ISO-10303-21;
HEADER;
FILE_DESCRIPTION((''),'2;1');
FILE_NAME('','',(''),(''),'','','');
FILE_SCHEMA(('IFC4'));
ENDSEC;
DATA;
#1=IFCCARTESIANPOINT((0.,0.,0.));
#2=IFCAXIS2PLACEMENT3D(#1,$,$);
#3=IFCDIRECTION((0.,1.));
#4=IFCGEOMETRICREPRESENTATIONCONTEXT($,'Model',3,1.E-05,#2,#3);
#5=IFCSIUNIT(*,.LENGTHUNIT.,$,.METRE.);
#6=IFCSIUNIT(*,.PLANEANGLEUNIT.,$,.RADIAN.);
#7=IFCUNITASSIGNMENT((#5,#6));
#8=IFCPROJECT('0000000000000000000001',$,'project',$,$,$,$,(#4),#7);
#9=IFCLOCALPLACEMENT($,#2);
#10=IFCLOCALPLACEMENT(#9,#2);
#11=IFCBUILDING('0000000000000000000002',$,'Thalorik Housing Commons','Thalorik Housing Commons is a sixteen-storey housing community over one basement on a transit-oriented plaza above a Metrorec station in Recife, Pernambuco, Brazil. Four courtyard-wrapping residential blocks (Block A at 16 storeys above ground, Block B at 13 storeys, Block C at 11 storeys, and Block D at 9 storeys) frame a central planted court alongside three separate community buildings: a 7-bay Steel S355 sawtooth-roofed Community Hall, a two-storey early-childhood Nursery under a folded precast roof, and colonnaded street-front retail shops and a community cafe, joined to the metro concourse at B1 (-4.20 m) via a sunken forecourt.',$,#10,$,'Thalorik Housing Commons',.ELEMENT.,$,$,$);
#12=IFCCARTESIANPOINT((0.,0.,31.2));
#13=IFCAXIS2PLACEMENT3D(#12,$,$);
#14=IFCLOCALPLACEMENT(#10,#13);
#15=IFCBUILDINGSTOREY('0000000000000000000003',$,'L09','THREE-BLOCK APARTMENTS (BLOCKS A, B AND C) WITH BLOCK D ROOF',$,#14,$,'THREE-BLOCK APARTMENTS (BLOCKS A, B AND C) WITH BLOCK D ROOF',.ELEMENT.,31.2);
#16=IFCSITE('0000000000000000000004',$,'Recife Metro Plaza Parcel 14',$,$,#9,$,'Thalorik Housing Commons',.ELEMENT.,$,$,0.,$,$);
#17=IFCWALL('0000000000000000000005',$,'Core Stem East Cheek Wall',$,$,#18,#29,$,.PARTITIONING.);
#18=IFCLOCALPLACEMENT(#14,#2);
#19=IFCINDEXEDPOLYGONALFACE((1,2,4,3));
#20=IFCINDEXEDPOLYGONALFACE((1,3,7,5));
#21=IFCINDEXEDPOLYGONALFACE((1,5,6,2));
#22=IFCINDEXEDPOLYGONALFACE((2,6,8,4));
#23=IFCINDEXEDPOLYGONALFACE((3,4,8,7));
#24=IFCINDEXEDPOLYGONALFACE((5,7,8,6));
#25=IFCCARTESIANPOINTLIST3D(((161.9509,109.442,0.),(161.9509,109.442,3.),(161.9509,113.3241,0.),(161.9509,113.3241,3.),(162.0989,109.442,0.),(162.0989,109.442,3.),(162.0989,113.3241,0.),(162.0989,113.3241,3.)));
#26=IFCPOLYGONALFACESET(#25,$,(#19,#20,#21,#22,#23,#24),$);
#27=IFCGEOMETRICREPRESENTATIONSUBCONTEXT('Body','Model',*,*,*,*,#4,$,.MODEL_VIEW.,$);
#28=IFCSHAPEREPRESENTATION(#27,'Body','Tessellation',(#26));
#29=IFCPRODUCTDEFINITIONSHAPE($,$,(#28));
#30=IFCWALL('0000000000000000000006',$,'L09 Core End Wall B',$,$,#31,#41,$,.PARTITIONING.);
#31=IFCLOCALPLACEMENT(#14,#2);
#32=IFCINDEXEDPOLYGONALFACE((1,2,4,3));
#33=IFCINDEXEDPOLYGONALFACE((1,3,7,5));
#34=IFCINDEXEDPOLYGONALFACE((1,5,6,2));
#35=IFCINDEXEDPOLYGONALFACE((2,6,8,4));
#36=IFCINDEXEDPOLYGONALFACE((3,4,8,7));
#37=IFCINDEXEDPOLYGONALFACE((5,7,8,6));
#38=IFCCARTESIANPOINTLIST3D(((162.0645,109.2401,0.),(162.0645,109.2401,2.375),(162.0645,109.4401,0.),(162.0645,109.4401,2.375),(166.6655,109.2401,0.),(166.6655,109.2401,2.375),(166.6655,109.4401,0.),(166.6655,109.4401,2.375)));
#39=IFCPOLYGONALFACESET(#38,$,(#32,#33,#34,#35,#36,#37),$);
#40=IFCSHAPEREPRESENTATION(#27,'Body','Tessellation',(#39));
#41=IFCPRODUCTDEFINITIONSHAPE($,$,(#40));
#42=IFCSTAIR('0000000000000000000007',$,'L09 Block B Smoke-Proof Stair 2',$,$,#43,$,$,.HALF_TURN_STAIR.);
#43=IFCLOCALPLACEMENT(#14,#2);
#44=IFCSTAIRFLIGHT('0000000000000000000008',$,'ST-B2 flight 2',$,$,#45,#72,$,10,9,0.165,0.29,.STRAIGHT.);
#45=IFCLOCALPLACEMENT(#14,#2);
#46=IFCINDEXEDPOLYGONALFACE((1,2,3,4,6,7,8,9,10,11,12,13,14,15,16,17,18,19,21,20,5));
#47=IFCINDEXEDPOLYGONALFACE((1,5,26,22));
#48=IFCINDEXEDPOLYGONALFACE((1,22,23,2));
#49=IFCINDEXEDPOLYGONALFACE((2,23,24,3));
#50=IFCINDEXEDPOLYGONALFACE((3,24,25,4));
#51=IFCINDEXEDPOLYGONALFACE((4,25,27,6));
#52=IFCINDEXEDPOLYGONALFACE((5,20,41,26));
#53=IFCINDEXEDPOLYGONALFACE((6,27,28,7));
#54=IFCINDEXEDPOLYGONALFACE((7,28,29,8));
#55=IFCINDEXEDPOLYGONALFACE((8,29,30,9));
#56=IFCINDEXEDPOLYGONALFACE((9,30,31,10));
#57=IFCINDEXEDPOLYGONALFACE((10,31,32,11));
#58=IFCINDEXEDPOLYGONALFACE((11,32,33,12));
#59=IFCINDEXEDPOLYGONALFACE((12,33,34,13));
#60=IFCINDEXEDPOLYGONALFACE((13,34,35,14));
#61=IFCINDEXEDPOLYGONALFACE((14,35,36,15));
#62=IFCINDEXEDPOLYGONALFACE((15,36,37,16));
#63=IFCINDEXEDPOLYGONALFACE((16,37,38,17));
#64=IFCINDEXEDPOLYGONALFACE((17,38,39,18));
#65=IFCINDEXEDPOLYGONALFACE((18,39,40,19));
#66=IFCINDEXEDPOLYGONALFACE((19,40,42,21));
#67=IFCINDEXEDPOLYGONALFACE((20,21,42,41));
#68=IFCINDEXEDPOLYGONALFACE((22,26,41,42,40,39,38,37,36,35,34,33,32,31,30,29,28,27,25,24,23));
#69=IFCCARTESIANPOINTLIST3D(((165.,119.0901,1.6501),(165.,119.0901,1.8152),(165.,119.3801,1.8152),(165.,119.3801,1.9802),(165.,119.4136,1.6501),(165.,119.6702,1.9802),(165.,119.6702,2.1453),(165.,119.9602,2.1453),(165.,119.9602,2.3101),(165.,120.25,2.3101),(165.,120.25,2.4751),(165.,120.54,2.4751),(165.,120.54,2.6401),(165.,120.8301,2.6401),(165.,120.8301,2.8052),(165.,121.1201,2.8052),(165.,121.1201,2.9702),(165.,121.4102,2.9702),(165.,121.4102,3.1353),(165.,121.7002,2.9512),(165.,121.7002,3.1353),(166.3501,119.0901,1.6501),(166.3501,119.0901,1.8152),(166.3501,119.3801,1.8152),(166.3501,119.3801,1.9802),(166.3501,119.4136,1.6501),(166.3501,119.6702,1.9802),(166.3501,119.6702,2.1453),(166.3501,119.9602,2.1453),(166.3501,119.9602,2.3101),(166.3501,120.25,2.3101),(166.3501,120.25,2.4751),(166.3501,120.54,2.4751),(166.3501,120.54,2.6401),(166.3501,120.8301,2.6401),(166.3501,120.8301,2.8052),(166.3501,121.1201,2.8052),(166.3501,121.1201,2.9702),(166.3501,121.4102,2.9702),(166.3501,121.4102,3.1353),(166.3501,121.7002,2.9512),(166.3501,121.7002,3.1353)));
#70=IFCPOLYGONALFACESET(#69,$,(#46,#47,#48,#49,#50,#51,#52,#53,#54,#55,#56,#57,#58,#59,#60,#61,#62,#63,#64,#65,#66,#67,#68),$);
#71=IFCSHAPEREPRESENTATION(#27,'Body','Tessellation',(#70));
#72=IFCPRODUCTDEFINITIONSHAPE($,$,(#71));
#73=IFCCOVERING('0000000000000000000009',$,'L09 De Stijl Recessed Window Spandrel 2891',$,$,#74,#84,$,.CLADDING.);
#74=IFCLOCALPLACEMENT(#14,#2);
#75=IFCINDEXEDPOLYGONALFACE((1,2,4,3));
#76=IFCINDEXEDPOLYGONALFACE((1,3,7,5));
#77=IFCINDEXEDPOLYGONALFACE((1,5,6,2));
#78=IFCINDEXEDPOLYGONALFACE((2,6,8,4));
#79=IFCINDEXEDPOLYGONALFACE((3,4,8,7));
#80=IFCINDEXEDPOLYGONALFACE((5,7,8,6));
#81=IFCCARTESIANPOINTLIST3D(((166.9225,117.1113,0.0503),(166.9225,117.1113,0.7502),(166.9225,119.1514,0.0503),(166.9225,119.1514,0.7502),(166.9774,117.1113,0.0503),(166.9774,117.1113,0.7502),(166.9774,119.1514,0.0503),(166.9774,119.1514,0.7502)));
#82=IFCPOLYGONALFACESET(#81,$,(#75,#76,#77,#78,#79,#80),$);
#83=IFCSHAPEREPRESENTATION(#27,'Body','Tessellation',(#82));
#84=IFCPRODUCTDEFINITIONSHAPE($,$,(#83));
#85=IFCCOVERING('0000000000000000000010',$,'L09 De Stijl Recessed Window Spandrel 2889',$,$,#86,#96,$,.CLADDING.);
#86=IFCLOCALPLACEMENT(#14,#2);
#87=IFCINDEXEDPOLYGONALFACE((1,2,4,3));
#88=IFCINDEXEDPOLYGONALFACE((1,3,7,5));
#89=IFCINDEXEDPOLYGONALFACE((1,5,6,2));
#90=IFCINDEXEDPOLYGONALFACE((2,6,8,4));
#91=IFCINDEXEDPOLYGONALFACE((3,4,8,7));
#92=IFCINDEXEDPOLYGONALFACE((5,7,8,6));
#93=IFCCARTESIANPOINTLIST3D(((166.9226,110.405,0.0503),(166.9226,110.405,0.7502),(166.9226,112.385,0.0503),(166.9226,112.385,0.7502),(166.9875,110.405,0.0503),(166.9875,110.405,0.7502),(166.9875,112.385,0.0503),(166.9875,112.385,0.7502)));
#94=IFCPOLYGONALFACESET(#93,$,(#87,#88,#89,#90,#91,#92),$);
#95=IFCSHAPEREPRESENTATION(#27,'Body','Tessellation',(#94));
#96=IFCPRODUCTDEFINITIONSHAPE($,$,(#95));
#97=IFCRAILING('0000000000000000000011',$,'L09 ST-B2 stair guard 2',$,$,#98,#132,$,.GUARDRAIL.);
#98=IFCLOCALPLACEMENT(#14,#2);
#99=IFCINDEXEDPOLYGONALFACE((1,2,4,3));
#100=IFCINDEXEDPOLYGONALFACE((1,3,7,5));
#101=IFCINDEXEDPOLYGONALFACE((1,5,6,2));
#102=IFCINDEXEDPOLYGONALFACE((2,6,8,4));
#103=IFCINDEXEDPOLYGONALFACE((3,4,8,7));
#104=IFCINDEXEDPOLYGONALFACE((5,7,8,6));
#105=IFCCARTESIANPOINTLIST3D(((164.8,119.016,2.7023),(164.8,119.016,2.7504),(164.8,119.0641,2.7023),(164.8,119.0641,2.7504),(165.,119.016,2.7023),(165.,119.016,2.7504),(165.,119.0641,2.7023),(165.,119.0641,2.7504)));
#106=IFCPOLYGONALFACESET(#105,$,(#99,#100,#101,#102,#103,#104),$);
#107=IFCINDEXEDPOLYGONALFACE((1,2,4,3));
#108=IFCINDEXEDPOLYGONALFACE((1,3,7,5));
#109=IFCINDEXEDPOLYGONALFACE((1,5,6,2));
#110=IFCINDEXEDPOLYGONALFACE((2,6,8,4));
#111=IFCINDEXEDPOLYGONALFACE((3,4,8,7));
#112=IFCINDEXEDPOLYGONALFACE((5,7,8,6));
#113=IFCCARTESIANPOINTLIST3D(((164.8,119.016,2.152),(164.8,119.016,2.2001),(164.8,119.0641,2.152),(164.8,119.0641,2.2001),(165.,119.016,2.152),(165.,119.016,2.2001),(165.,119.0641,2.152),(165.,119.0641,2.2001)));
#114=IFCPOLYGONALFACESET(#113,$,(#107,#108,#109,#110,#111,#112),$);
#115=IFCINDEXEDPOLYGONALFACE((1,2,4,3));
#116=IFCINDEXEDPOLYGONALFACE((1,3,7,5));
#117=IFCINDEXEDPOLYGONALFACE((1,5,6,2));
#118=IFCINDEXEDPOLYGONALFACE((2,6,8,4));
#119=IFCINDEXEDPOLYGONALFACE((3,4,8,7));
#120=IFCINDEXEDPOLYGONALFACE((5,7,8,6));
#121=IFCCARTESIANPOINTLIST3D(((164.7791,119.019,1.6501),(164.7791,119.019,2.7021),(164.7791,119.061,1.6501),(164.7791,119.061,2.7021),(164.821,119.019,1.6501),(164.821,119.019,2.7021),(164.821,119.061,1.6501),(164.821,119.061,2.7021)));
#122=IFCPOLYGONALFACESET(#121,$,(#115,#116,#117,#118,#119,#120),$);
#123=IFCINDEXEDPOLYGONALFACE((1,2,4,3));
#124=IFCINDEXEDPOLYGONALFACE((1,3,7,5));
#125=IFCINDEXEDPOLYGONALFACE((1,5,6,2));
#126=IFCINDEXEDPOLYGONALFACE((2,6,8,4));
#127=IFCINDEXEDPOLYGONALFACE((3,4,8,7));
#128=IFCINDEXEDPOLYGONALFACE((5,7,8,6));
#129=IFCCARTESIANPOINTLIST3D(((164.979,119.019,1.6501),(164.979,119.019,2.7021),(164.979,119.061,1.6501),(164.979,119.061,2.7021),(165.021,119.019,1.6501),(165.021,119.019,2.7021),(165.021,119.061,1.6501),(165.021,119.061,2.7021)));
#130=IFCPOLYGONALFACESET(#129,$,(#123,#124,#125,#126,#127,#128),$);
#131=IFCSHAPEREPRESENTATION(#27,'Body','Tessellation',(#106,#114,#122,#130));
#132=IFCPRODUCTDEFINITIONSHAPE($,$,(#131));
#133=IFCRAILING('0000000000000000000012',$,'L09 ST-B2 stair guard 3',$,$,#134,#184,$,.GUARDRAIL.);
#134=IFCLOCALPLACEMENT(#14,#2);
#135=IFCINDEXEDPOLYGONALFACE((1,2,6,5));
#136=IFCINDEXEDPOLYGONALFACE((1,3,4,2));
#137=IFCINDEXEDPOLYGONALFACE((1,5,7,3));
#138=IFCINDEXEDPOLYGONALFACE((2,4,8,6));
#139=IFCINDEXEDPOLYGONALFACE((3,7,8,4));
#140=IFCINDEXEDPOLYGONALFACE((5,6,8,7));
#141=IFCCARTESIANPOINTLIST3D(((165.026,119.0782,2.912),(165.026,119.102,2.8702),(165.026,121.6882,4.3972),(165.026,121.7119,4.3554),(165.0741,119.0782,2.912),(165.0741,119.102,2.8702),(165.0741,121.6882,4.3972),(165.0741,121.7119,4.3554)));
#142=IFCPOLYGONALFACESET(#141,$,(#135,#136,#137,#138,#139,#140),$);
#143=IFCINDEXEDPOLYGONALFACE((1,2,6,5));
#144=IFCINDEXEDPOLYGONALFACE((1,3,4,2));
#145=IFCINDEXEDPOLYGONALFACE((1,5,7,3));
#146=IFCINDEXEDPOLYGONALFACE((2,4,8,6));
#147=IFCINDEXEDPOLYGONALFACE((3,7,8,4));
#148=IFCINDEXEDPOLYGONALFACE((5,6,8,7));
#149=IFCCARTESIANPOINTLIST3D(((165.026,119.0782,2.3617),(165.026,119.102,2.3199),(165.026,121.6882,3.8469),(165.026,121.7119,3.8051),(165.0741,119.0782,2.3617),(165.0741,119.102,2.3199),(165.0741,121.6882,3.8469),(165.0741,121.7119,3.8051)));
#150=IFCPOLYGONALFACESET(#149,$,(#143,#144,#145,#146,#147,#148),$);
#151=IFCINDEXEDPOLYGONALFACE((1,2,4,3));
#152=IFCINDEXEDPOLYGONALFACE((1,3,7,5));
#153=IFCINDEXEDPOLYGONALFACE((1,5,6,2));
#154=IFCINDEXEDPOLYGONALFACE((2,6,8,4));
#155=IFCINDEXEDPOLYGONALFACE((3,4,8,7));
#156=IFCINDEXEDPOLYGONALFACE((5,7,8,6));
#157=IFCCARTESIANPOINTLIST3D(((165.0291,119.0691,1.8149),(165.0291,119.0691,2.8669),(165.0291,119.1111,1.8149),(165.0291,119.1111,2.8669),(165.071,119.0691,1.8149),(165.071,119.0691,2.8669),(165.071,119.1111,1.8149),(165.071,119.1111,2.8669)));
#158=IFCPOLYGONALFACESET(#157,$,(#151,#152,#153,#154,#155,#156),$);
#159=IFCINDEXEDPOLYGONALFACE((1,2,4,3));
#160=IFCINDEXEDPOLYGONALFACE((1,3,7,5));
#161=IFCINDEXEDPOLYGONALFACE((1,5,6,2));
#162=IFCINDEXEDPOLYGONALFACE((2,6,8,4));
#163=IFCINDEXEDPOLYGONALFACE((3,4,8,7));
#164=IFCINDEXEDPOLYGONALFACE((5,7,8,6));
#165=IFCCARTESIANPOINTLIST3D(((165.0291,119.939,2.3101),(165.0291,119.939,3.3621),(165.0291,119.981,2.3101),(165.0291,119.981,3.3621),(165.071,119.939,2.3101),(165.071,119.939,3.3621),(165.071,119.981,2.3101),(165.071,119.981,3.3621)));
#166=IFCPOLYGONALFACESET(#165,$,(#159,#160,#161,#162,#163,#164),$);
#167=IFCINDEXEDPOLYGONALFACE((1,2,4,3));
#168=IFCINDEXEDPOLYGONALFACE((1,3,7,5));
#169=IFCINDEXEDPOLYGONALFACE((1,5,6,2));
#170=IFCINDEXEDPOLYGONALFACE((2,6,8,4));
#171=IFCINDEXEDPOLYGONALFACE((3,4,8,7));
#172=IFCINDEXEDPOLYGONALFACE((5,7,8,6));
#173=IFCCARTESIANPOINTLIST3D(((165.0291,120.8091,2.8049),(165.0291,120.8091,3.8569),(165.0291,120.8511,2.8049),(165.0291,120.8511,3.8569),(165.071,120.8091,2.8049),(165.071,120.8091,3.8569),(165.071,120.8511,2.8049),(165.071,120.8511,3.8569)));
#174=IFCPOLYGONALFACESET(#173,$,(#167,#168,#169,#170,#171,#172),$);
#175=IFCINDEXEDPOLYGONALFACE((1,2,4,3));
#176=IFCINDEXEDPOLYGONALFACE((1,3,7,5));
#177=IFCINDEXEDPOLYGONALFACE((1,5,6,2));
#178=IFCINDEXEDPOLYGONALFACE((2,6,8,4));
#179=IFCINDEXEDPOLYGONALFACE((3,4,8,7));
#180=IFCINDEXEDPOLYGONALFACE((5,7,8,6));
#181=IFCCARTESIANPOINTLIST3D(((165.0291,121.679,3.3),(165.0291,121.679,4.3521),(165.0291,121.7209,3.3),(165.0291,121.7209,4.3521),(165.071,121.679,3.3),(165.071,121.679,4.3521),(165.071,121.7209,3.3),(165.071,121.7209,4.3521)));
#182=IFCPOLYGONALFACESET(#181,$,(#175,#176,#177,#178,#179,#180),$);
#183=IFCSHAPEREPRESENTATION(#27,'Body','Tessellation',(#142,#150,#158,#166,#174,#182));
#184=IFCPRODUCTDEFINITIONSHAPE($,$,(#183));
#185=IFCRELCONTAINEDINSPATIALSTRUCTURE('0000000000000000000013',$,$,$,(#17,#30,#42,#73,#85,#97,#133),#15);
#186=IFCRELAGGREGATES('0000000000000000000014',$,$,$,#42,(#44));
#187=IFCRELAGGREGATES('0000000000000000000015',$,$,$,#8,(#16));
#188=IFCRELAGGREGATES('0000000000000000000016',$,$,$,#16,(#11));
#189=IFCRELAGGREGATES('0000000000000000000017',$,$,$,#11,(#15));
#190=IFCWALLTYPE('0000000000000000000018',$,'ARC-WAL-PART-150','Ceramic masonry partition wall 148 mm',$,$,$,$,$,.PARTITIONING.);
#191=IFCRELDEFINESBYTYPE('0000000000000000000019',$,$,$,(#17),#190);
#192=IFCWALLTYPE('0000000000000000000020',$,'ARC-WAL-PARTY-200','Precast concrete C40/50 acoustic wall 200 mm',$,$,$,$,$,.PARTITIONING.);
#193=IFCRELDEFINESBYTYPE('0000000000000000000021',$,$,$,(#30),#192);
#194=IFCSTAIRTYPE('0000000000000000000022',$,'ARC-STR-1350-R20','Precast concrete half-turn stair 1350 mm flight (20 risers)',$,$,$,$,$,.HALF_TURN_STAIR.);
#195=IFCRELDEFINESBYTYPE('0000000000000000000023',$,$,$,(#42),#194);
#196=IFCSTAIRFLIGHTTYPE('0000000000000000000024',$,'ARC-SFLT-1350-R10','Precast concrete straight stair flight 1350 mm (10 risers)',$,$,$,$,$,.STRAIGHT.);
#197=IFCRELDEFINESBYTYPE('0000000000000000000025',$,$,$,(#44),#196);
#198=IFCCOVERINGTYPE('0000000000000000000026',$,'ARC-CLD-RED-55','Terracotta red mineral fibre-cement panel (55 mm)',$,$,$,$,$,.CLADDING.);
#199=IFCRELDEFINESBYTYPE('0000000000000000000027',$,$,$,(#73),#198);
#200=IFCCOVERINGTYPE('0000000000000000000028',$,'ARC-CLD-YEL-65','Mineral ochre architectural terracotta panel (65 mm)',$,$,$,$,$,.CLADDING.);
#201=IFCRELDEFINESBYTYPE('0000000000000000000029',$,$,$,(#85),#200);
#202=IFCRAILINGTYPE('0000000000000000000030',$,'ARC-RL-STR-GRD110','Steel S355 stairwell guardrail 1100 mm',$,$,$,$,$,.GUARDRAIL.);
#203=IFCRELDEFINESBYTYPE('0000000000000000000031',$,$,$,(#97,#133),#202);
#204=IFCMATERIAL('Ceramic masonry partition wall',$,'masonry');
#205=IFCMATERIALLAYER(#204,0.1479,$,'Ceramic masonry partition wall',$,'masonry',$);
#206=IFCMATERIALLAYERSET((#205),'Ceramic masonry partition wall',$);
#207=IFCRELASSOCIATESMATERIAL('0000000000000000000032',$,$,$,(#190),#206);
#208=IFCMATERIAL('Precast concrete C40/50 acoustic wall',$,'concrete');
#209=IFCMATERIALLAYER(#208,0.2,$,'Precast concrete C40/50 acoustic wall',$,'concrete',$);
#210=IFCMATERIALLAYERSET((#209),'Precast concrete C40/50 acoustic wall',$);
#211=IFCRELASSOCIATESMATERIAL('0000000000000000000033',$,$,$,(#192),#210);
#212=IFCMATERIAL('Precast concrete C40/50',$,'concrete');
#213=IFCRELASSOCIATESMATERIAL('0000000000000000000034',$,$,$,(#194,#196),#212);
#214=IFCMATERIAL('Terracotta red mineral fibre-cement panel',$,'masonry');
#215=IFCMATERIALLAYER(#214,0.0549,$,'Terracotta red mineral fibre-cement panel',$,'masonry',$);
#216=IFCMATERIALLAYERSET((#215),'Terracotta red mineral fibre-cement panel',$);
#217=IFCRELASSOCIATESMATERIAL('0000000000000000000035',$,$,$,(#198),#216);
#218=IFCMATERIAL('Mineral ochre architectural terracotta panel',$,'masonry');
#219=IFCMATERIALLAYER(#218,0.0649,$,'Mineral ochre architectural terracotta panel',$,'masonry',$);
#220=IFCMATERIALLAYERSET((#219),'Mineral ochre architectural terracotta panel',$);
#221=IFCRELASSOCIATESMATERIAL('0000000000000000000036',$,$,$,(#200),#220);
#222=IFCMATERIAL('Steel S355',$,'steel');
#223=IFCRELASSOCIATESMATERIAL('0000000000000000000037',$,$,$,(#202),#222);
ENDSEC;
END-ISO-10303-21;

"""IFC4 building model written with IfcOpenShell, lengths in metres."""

from ifc_helpers import new_model, si_unit, direction, frame, frame_2d, origin, origin_2d, place, context, subcontext, project, spatial, polyline, rectangle, outline, extrude, material, layer, layer_set, type_object, element, aggregate, save


model = new_model("IFC4")

# Units and contexts
model_context = context("Model", 3, precision=1e-05, world=origin(), true_north=direction((0.0, 1.0)))
body_context = subcontext(model_context, "Body", "Model", "MODEL_VIEW")
ifc_project = project(units=[si_unit("LENGTHUNIT", "METRE"), si_unit("PLANEANGLEUNIT", "RADIAN")], contexts=[model_context])

# Site, building, storey
site_placement = place(None, origin())
site = spatial("IfcSite", under=ifc_project, at=site_placement, Name="Recife Metro Plaza Parcel 14", LongName="Thalorik Housing Commons", CompositionType="ELEMENT", RefElevation=0.0)
building_placement = place(site_placement, origin())
building = spatial("IfcBuilding", under=site, at=building_placement, Name="Thalorik Housing Commons", Description="Thalorik Housing Commons is a sixteen-storey housing community over one basement on a transit-oriented plaza above a Metrorec station in Recife, Pernambuco, Brazil. Four courtyard-wrapping residential blocks (Block A at 16 storeys above ground, Block B at 13 storeys, Block C at 11 storeys, and Block D at 9 storeys) frame a central planted court alongside three separate community buildings: a 7-bay Steel S355 sawtooth-roofed Community Hall, a two-storey early-childhood Nursery under a folded precast roof, and colonnaded street-front retail shops and a community cafe, joined to the metro concourse at B1 (-4.20 m) via a sunken forecourt.", LongName="Thalorik Housing Commons", CompositionType="ELEMENT")
storey_placement = place(building_placement, frame((0.0, 0.0, 31.2)))
storey = spatial("IfcBuildingStorey", under=building, at=storey_placement, Name="L09", Description="THREE-BLOCK APARTMENTS (BLOCKS A, B AND C) WITH BLOCK D ROOF", LongName="THREE-BLOCK APARTMENTS (BLOCKS A, B AND C) WITH BLOCK D ROOF", CompositionType="ELEMENT", Elevation=31.2)

# Shared definitions
ifc_material_1 = material(Name="Precast concrete C40/50", Category="concrete")

# Shared definitions
ifc_material_2 = material(Name="Steel S355", Category="steel")

# Wall
ifc_material_3 = material(Name="Ceramic masonry partition wall", Category="masonry")
ifc_layer_1 = layer(ifc_material_3, 0.1479, Name="Ceramic masonry partition wall", Category="masonry")
ifc_layer_set_1 = layer_set([ifc_layer_1], Name="Ceramic masonry partition wall")
wall_type_1 = type_object("IfcWallType", Name="ARC-WAL-PART-150", Description="Ceramic masonry partition wall 148 mm", PredefinedType="PARTITIONING", material=ifc_layer_set_1)
wall_1_placement = place(storey_placement, frame((162.0249, 113.324, 0.0), z_axis=(0.0, 0.0, 1.0), x_axis=(0.0, -1.0, 0.0)))
element("IfcWall", 1, at=wall_1_placement, inside=storey, type_object=wall_type_1, Name="Core Stem East Cheek Wall", PredefinedType="PARTITIONING", context=body_context, shape_type="SweptSolid", body=[
    extrude(rectangle(XDim=3.8821, YDim=0.1479, at=frame_2d((1.9409, 0.0))), origin(), (0.0, 0.0, 1.0), 3.0),
])

# Wall
ifc_material_4 = material(Name="Precast concrete C40/50 acoustic wall", Category="concrete")
ifc_layer_2 = layer(ifc_material_4, 0.2, Name="Precast concrete C40/50 acoustic wall", Category="concrete")
ifc_layer_set_2 = layer_set([ifc_layer_2], Name="Precast concrete C40/50 acoustic wall")
wall_type_2 = type_object("IfcWallType", Name="ARC-WAL-PARTY-200", Description="Precast concrete C40/50 acoustic wall 200 mm", PredefinedType="PARTITIONING", material=ifc_layer_set_2)
wall_2_placement = place(storey_placement, frame((162.0645, 109.3401, 0.0), z_axis=(0.0, 0.0, 1.0), x_axis=(1.0, 0.0, 0.0)))
element("IfcWall", 2, at=wall_2_placement, inside=storey, type_object=wall_type_2, Name="L09 Core End Wall B", PredefinedType="PARTITIONING", context=body_context, shape_type="SweptSolid", body=[
    extrude(rectangle(XDim=4.6011, YDim=0.2, at=frame_2d((2.3005, 0.0))), origin(), (0.0, 0.0, 1.0), 2.375),
])

# Stair, stair flight
stair_type = type_object("IfcStairType", Name="ARC-STR-1350-R20", Description="Precast concrete half-turn stair 1350 mm flight (20 risers)", PredefinedType="HALF_TURN_STAIR", material=ifc_material_1)
stair_placement = place(storey_placement, origin())
stair = element("IfcStair", 3, at=stair_placement, inside=storey, type_object=stair_type, Name="L09 Block B Smoke-Proof Stair 2", PredefinedType="HALF_TURN_STAIR")
stair_flight_type = type_object("IfcStairFlightType", Name="ARC-SFLT-1350-R10", Description="Precast concrete straight stair flight 1350 mm (10 risers)", PredefinedType="STRAIGHT", material=ifc_material_1)
stair_flight_placement = place(storey_placement, frame((165.675, 119.0901, 1.6501), z_axis=(0.0, 0.0, 1.0), x_axis=(0.0, 1.0, 0.0)))
stair_flight = element("IfcStairFlight", 4, at=stair_flight_placement, type_object=stair_flight_type, Name="ST-B2 flight 2", NumberOfRisers=10, NumberOfTreads=9, PredefinedType="STRAIGHT", RiserHeight=0.165, TreadLength=0.29, context=body_context, shape_type="SweptSolid", body=[
    extrude(outline(polyline([(0.0, 0.0), (0.0, 0.165), (0.29, 0.165), (0.29, 0.3301), (0.5801, 0.3301), (0.5801, 0.4951), (0.8701, 0.4951), (0.8701, 0.6599), (1.1599, 0.6599), (1.1599, 0.825), (1.45, 0.825), (1.45, 0.99), (1.74, 0.99), (1.74, 1.155), (2.03, 1.155), (2.03, 1.3201), (2.3201, 1.3201), (2.3201, 1.4851), (2.6101, 1.4851), (2.6101, 1.6499), (2.6101, 1.301), (0.3235, 0.0), (0.0, 0.0)])), frame((0.0, 0.675, 0.0), z_axis=(0.0, -1.0, 0.0), x_axis=(1.0, 0.0, 0.0)), (0.0, 0.0, 1.0), 1.3501),
])
aggregate(stair, [stair_flight])

# Coverings
ifc_material_5 = material(Name="Terracotta red mineral fibre-cement panel", Category="masonry")
ifc_layer_3 = layer(ifc_material_5, 0.0549, Name="Terracotta red mineral fibre-cement panel", Category="masonry")
ifc_layer_set_3 = layer_set([ifc_layer_3], Name="Terracotta red mineral fibre-cement panel")
covering_type_1 = type_object("IfcCoveringType", Name="ARC-CLD-RED-55", Description="Terracotta red mineral fibre-cement panel (55 mm)", PredefinedType="CLADDING", material=ifc_layer_set_3)
covering_1_placement = place(storey_placement, frame((166.95, 118.1313, 0.0503), z_axis=(0.0, 0.0, 1.0), x_axis=(0.0, 1.0, 0.0)))
element("IfcCovering", 5, at=covering_1_placement, inside=storey, type_object=covering_type_1, Name="L09 De Stijl Recessed Window Spandrel 2891", PredefinedType="CLADDING", context=body_context, shape_type="SweptSolid", body=[
    extrude(rectangle(XDim=2.04, YDim=0.0549, at=origin_2d()), origin(), (0.0, 0.0, 1.0), 0.7),
])
ifc_material_6 = material(Name="Mineral ochre architectural terracotta panel", Category="masonry")
ifc_layer_4 = layer(ifc_material_6, 0.0649, Name="Mineral ochre architectural terracotta panel", Category="masonry")
ifc_layer_set_4 = layer_set([ifc_layer_4], Name="Mineral ochre architectural terracotta panel")
covering_type_2 = type_object("IfcCoveringType", Name="ARC-CLD-YEL-65", Description="Mineral ochre architectural terracotta panel (65 mm)", PredefinedType="CLADDING", material=ifc_layer_set_4)
covering_2_placement = place(storey_placement, frame((166.9551, 111.395, 0.0503), z_axis=(0.0, 0.0, 1.0), x_axis=(0.0, 1.0, 0.0)))
element("IfcCovering", 6, at=covering_2_placement, inside=storey, type_object=covering_type_2, Name="L09 De Stijl Recessed Window Spandrel 2889", PredefinedType="CLADDING", context=body_context, shape_type="SweptSolid", body=[
    extrude(rectangle(XDim=1.98, YDim=0.0649, at=origin_2d()), origin(), (0.0, 0.0, 1.0), 0.7),
])

# Railings
railing_type_1 = type_object("IfcRailingType", Name="ARC-RL-STR-GRD110", Description="Steel S355 stairwell guardrail 1100 mm", PredefinedType="GUARDRAIL", material=ifc_material_2)
railing_1_placement = place(storey_placement, frame((164.8, 119.04, 1.6501)))
element("IfcRailing", 7, at=railing_1_placement, inside=storey, type_object=railing_type_1, Name="L09 ST-B2 stair guard 2", PredefinedType="GUARDRAIL", context=body_context, shape_type="SweptSolid", body=[
    extrude(rectangle(XDim=0.0481, YDim=0.0481, at=origin_2d()), frame((0.0, 0.0, 1.0762), z_axis=(1.0, 0.0, 0.0), x_axis=(0.0, 1.0, 0.0)), (0.0, 0.0, 1.0), 0.2),
    extrude(rectangle(XDim=0.0481, YDim=0.0481, at=origin_2d()), frame((0.0, 0.0, 0.5259), z_axis=(1.0, 0.0, 0.0), x_axis=(0.0, 1.0, 0.0)), (0.0, 0.0, 1.0), 0.2),
    extrude(rectangle(XDim=0.042, YDim=0.042, at=origin_2d()), origin(), (0.0, 0.0, 1.0), 1.052),
    extrude(rectangle(XDim=0.042, YDim=0.042, at=origin_2d()), frame((0.2, 0.0, 0.0)), (0.0, 0.0, 1.0), 1.052),
])
railing_2_placement = place(storey_placement, frame((165.05, 119.0901, 1.8149)))
element("IfcRailing", 8, at=railing_2_placement, inside=storey, type_object=railing_type_1, Name="L09 ST-B2 stair guard 3", PredefinedType="GUARDRAIL", context=body_context, shape_type="SweptSolid", body=[
    extrude(rectangle(XDim=0.0481, YDim=0.0481, at=origin_2d()), frame((0.0, 0.0, 1.0762), z_axis=(0.0, 0.869137, 0.494571), x_axis=(-1.0, 0.0, 0.0)), (0.0, 0.0, 1.0), 3.0029),
    extrude(rectangle(XDim=0.0481, YDim=0.0481, at=origin_2d()), frame((0.0, 0.0, 0.5259), z_axis=(0.0, 0.869137, 0.494571), x_axis=(-1.0, 0.0, 0.0)), (0.0, 0.0, 1.0), 3.0029),
    extrude(rectangle(XDim=0.042, YDim=0.042, at=origin_2d()), origin(), (0.0, 0.0, 1.0), 1.052),
    extrude(rectangle(XDim=0.042, YDim=0.042, at=origin_2d()), frame((0.0, 0.8699, 0.4951)), (0.0, 0.0, 1.0), 1.052),
    extrude(rectangle(XDim=0.042, YDim=0.042, at=origin_2d()), frame((0.0, 1.74, 0.99)), (0.0, 0.0, 1.0), 1.052),
    extrude(rectangle(XDim=0.042, YDim=0.042, at=origin_2d()), frame((0.0, 2.6099, 1.4851)), (0.0, 0.0, 1.0), 1.052),
])

save(model, "model.ifc")
